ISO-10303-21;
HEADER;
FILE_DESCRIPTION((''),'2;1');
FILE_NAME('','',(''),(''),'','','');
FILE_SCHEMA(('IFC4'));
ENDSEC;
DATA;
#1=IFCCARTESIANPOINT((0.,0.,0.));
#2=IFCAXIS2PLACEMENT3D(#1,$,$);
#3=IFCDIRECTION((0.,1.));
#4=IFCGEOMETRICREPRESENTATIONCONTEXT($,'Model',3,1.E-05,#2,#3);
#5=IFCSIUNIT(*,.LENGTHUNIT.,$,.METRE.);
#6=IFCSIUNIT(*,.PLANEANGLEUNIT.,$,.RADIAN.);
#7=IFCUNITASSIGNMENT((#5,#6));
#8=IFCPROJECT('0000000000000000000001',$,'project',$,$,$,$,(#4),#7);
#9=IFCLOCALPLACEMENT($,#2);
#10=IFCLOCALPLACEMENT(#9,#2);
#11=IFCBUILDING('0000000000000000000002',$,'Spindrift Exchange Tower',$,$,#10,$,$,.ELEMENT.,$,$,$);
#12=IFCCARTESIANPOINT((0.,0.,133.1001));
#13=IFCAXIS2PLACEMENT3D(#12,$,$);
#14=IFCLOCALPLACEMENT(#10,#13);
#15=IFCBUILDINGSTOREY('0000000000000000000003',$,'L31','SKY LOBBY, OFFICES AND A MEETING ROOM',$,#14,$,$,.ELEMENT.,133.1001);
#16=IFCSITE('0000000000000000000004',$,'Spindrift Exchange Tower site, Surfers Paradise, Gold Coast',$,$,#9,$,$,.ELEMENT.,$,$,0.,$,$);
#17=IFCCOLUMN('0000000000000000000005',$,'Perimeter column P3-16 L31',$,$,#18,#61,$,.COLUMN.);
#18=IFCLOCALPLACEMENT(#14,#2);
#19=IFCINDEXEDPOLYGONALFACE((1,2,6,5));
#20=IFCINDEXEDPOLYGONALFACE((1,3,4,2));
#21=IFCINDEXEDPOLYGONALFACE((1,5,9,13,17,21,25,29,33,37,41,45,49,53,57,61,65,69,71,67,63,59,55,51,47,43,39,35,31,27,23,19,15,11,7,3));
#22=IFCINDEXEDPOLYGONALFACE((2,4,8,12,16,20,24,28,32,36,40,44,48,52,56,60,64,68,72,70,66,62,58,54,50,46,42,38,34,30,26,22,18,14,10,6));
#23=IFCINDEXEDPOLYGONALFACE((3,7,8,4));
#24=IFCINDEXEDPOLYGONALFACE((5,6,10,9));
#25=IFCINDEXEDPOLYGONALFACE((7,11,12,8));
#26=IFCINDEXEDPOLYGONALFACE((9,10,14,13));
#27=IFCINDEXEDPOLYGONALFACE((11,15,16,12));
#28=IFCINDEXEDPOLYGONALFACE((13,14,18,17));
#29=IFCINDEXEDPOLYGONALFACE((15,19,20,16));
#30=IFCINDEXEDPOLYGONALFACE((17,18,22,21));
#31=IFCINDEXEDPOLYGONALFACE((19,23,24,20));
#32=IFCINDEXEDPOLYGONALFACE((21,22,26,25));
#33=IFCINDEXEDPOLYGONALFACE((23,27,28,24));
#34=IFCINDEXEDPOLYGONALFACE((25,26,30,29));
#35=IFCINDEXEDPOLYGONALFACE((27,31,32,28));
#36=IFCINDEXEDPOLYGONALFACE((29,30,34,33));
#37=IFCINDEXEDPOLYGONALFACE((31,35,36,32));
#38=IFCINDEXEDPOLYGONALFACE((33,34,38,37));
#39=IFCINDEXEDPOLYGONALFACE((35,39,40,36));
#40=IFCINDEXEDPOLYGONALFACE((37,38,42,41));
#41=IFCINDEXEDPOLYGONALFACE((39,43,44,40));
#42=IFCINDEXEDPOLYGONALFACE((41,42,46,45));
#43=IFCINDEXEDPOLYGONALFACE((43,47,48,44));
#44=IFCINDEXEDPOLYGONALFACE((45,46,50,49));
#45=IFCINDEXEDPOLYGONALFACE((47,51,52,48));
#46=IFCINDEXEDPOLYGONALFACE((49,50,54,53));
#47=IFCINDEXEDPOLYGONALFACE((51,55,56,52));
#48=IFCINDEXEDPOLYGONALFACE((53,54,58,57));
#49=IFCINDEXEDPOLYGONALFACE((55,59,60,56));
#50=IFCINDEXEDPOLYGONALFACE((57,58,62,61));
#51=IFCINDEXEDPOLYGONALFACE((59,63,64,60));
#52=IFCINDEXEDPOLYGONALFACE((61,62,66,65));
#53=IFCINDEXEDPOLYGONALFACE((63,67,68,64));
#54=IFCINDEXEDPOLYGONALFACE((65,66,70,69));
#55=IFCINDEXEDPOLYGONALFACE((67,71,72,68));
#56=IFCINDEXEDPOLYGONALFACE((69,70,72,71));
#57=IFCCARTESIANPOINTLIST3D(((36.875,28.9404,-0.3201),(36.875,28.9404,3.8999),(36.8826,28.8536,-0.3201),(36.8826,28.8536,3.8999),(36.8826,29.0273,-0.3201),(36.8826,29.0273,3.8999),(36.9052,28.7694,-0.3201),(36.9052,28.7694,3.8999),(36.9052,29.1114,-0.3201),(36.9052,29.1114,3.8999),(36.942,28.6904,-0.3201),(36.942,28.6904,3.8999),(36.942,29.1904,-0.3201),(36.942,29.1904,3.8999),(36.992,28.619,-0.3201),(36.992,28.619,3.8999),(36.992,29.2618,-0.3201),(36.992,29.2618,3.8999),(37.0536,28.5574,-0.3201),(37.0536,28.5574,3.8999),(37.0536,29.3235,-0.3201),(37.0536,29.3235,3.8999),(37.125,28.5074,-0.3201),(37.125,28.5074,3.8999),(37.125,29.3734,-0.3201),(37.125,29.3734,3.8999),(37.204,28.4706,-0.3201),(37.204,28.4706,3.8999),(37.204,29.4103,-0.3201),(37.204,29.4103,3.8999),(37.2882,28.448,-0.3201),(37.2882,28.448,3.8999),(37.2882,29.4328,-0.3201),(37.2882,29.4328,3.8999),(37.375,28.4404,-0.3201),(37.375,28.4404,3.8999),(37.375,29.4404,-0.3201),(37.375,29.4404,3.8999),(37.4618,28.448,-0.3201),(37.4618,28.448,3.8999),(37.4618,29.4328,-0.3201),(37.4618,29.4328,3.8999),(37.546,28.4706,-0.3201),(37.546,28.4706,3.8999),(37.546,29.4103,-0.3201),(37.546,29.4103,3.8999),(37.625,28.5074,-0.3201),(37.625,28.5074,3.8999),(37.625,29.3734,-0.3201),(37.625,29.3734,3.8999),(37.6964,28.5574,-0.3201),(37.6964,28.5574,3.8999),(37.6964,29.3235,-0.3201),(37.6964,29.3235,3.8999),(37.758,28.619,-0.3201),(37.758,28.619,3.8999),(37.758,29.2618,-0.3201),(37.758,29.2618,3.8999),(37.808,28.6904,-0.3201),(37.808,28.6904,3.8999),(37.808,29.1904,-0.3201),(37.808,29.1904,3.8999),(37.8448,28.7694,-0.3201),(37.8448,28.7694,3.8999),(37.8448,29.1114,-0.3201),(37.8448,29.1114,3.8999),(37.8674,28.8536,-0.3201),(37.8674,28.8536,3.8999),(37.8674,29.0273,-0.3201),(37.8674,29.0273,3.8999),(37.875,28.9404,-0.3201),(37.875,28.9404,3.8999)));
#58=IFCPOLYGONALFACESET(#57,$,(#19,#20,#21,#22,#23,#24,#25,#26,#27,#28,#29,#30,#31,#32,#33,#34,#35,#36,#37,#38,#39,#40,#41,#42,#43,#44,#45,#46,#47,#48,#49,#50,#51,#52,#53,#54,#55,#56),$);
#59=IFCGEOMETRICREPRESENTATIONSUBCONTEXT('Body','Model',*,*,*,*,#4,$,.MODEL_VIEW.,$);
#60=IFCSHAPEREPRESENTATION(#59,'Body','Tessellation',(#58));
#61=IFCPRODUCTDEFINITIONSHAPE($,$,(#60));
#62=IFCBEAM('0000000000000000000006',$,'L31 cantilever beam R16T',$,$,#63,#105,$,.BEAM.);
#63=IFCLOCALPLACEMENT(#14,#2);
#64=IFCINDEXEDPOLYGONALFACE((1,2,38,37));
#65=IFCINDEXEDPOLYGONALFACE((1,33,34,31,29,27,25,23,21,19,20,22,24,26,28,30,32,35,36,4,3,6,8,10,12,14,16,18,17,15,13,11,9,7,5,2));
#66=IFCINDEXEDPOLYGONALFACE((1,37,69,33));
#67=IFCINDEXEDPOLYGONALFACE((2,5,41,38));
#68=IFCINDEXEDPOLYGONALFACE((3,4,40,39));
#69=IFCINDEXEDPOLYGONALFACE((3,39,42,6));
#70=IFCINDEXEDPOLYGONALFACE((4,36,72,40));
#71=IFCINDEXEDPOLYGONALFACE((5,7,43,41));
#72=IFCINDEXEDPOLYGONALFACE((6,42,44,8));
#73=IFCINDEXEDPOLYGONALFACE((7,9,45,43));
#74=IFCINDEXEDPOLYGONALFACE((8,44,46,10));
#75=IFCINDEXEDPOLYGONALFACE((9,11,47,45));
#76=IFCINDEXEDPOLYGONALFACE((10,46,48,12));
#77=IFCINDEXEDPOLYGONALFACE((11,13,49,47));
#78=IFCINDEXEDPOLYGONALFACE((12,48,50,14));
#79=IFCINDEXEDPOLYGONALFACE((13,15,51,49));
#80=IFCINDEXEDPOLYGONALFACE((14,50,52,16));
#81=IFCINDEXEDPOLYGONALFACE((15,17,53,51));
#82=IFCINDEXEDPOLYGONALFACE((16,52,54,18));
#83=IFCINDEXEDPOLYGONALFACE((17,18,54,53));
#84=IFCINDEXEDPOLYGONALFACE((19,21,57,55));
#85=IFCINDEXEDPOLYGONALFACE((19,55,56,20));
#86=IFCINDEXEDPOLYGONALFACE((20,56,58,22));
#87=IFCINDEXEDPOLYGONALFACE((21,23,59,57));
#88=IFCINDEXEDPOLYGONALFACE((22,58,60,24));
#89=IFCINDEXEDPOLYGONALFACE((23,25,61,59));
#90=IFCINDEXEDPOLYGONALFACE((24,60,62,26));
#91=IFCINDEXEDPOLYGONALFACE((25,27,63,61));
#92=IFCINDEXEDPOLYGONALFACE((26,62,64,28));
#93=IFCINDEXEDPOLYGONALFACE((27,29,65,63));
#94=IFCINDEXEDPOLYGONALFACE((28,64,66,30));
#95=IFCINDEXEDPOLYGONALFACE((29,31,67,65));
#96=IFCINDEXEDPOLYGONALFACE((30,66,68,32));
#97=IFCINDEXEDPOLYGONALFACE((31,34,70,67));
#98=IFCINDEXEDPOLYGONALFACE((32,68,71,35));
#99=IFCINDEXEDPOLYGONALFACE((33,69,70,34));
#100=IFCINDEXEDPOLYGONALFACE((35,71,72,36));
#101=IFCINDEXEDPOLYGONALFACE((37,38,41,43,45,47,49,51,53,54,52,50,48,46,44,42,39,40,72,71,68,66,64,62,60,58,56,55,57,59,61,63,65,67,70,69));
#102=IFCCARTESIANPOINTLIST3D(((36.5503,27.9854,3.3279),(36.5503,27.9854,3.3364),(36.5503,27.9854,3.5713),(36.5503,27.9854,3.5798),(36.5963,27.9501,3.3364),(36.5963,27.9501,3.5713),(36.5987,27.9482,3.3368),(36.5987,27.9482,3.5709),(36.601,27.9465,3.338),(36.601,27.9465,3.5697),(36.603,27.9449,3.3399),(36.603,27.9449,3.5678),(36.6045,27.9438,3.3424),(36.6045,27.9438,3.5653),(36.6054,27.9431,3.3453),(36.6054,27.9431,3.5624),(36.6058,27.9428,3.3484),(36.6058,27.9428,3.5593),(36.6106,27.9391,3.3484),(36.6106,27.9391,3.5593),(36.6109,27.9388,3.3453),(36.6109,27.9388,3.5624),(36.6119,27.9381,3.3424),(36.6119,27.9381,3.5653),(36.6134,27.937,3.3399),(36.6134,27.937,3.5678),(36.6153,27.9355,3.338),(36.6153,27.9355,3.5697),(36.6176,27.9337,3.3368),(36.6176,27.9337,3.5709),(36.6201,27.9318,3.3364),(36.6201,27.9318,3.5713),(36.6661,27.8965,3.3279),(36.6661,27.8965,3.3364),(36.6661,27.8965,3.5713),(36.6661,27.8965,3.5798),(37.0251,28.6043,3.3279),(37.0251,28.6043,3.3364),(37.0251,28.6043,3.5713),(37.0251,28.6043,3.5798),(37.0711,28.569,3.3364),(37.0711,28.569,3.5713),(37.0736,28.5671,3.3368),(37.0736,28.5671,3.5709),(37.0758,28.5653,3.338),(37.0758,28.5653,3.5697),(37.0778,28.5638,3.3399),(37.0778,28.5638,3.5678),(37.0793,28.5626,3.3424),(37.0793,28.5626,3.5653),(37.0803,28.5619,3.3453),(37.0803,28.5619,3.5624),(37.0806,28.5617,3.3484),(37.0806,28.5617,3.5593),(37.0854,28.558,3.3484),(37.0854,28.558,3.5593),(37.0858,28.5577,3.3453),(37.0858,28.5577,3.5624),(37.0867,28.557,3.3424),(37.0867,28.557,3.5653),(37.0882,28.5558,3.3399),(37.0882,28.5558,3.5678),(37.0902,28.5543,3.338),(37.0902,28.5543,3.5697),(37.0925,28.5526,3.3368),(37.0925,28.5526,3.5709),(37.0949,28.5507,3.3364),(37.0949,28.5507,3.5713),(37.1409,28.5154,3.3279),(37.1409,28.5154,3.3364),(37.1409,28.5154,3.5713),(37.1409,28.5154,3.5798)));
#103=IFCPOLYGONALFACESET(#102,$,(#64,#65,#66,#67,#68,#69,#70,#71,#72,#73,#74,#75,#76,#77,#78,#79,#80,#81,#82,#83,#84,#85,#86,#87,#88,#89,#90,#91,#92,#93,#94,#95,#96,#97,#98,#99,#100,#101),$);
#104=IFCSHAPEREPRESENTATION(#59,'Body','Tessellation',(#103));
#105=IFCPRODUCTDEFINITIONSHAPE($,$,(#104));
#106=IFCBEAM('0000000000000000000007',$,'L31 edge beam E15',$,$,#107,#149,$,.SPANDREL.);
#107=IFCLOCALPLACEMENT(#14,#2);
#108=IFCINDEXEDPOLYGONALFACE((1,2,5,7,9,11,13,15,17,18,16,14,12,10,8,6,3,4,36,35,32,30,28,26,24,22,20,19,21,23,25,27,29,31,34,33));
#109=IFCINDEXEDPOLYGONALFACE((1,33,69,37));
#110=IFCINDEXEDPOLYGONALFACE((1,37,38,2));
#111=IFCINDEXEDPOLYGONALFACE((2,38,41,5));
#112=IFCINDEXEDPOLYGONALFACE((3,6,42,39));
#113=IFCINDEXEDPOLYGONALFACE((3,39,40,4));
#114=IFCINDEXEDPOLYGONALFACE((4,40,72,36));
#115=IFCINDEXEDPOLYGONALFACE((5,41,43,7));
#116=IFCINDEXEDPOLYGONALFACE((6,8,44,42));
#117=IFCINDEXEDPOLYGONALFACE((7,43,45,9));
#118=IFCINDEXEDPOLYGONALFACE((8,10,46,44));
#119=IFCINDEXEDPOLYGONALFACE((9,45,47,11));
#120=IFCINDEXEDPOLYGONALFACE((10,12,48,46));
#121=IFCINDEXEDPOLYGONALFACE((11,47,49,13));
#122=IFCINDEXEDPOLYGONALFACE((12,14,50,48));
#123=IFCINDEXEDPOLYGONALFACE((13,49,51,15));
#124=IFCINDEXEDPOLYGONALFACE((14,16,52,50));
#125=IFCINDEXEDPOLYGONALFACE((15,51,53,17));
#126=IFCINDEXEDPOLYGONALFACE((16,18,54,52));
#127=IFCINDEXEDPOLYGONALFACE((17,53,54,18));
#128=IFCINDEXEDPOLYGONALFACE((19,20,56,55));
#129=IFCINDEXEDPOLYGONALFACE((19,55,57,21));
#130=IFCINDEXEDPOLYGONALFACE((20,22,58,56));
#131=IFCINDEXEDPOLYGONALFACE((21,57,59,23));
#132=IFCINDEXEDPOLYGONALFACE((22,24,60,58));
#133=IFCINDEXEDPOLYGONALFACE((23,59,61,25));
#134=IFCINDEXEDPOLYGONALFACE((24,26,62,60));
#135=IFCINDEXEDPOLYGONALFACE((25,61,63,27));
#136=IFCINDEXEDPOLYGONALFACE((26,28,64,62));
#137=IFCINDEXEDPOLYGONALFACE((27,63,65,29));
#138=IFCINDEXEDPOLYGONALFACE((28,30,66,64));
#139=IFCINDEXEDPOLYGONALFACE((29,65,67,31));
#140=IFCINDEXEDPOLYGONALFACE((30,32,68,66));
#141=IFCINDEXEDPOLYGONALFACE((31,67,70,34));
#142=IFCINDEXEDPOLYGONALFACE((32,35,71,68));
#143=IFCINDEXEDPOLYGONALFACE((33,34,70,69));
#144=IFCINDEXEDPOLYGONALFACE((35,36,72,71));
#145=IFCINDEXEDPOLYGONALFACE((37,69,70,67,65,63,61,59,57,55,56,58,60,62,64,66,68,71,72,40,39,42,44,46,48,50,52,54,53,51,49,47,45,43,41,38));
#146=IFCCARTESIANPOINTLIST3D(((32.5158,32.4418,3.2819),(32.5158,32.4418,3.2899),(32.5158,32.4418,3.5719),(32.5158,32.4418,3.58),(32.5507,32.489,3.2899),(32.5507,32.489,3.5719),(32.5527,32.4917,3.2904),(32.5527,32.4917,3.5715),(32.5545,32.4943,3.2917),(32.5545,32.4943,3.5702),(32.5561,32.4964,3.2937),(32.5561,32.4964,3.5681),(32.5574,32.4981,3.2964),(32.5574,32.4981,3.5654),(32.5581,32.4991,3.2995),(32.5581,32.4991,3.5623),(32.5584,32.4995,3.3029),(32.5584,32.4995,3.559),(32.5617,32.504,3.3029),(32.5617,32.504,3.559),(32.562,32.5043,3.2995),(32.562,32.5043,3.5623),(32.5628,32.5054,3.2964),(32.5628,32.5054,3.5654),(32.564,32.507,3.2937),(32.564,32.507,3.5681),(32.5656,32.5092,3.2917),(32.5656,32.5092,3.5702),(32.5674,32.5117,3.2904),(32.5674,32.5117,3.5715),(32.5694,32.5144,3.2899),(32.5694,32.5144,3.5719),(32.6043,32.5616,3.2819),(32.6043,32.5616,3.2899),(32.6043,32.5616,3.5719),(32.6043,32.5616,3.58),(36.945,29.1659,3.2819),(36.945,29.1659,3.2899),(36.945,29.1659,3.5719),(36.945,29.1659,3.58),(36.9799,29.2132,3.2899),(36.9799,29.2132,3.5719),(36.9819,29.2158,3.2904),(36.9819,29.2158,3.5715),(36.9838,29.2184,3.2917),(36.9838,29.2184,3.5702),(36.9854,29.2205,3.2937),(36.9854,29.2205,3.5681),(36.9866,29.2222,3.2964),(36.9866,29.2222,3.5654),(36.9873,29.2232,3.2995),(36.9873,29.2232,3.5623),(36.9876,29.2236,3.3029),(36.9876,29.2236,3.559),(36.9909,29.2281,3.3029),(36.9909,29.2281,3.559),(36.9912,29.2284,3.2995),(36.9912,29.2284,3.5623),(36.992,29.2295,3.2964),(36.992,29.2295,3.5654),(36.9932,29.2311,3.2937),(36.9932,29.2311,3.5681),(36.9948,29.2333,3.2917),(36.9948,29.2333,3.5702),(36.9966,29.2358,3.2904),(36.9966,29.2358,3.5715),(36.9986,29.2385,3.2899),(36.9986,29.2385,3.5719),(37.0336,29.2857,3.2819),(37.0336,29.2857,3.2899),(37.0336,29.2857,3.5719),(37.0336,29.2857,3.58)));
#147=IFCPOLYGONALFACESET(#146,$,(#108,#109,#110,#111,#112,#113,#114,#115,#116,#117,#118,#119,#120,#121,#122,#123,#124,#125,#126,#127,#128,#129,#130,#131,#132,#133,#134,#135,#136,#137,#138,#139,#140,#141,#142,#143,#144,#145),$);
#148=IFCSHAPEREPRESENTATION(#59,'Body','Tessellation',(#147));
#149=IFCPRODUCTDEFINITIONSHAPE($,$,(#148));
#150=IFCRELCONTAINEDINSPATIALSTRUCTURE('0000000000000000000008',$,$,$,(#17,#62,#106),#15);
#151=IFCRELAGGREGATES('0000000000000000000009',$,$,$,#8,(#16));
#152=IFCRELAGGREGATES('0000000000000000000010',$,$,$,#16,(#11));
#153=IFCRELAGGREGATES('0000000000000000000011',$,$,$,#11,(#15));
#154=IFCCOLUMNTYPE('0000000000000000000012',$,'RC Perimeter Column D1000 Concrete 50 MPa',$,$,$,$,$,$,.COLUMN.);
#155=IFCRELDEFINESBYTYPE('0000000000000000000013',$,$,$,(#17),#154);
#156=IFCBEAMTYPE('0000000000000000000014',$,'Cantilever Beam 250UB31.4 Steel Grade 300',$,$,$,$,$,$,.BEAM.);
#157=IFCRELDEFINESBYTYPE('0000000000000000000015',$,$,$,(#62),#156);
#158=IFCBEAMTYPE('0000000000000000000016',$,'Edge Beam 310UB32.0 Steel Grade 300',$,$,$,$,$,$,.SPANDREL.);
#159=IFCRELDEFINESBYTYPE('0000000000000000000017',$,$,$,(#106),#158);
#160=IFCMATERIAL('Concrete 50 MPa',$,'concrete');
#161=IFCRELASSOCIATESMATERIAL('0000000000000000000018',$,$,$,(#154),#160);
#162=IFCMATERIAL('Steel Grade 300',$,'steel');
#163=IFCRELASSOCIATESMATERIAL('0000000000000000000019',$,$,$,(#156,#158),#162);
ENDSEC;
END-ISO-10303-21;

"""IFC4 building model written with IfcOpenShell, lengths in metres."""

from ifc_helpers import new_model, si_unit, direction, frame, origin, origin_2d, place, context, subcontext, project, spatial, circle, i_section, extrude, source, transform, mapped, material, material_profile, profile_set, type_object, element, save


model = new_model("IFC4")

# Units and contexts
model_context = context("Model", 3, precision=1e-05, world=origin(), true_north=direction((0.0, 1.0)))
body_context = subcontext(model_context, "Body", "Model", "MODEL_VIEW")
ifc_project = project(units=[si_unit("LENGTHUNIT", "METRE"), si_unit("PLANEANGLEUNIT", "RADIAN")], contexts=[model_context])

# Site, building, storey
site_placement = place(None, origin())
site = spatial("IfcSite", under=ifc_project, at=site_placement, Name="Spindrift Exchange Tower site, Surfers Paradise, Gold Coast", CompositionType="ELEMENT", RefElevation=0.0)
building_placement = place(site_placement, origin())
building = spatial("IfcBuilding", under=site, at=building_placement, Name="Spindrift Exchange Tower", CompositionType="ELEMENT")
storey_placement = place(building_placement, frame((0.0, 0.0, 133.1001)))
storey = spatial("IfcBuildingStorey", under=building, at=storey_placement, Name="L31", Description="SKY LOBBY, OFFICES AND A MEETING ROOM", CompositionType="ELEMENT", Elevation=133.1001)

# Column
ifc_material_1 = material(Name="Concrete 50 MPa", Category="concrete")
ifc_material_profile_1 = material_profile(ifc_material_1, circle(Radius=0.5, at=origin_2d()), Name="RC D1000")
ifc_profile_set_1 = profile_set([ifc_material_profile_1], Name="Concrete 50 MPa")
column_type = type_object("IfcColumnType", Name="RC Perimeter Column D1000 Concrete 50 MPa", PredefinedType="COLUMN", material=ifc_profile_set_1)
shared_shape_1 = source(origin(), body_context, "Body", "SweptSolid", [
    extrude(circle(Radius=0.5, at=origin_2d()), origin(), (0.0, 0.0, 1.0), 4.22),
])
column_placement = place(storey_placement, frame((37.375, 28.9404, -0.3201), z_axis=(0.0, 0.0, 1.0), x_axis=(1.0, 0.0, 0.0)))
element("IfcColumn", 1, at=column_placement, inside=storey, type_object=column_type, Name="Perimeter column P3-16 L31", PredefinedType="COLUMN", context=body_context, shape_type="MappedRepresentation", body=[
    mapped(shared_shape_1, transform((0.0, 0.0, 0.0), scale=1.0)),
])

# Beams
ifc_material_2 = material(Name="Steel Grade 300", Category="steel")
ifc_material_profile_2 = material_profile(ifc_material_2, i_section(OverallWidth=0.146, OverallDepth=0.252, WebThickness=0.0061, FlangeThickness=0.0085, FilletRadius=0.012, at=origin_2d()), Name="250UB31.4")
ifc_profile_set_2 = profile_set([ifc_material_profile_2], Name="Steel Grade 300")
beam_type_1 = type_object("IfcBeamType", Name="Cantilever Beam 250UB31.4 Steel Grade 300", PredefinedType="BEAM", material=ifc_profile_set_2)
shared_shape_2 = source(origin(), body_context, "Body", "SweptSolid", [
    extrude(i_section(OverallWidth=0.146, OverallDepth=0.252, WebThickness=0.0061, FlangeThickness=0.0085, FilletRadius=0.012, at=origin_2d()), origin(), (0.0, 0.0, 1.0), 0.78),
])
beam_1_placement = place(storey_placement, frame((37.083, 28.5598, 3.4539), z_axis=(-0.608727, -0.79338, 0.0), x_axis=(0.79338, -0.608727, 0.0)))
element("IfcBeam", 2, at=beam_1_placement, inside=storey, type_object=beam_type_1, Name="L31 cantilever beam R16T", PredefinedType="BEAM", context=body_context, shape_type="MappedRepresentation", body=[
    mapped(shared_shape_2, transform((0.0, 0.0, 0.0), scale=1.0)),
])
ifc_material_profile_3 = material_profile(ifc_material_2, i_section(OverallWidth=0.1489, OverallDepth=0.2981, WebThickness=0.0056, FlangeThickness=0.0081, FilletRadius=0.0129, at=origin_2d()), Name="310UB32.0")
ifc_profile_set_3 = profile_set([ifc_material_profile_3], Name="Steel Grade 300")
beam_type_2 = type_object("IfcBeamType", Name="Edge Beam 310UB32.0 Steel Grade 300", PredefinedType="SPANDREL", material=ifc_profile_set_3)
shared_shape_3 = source(origin(), body_context, "Body", "SweptSolid", [
    extrude(i_section(OverallWidth=0.1489, OverallDepth=0.2981, WebThickness=0.0056, FlangeThickness=0.0081, FilletRadius=0.0129, at=origin_2d()), origin(), (0.0, 0.0, 1.0), 5.509),
])
beam_2_placement = place(storey_placement, frame((32.5601, 32.5017, 3.4309), z_axis=(0.803992, -0.59464, 0.0), x_axis=(0.59464, 0.803992, 0.0)))
element("IfcBeam", 3, at=beam_2_placement, inside=storey, type_object=beam_type_2, Name="L31 edge beam E15", PredefinedType="SPANDREL", context=body_context, shape_type="MappedRepresentation", body=[
    mapped(shared_shape_3, transform((0.0, 0.0, 0.0), scale=1.0)),
])

save(model, "model.ifc")
